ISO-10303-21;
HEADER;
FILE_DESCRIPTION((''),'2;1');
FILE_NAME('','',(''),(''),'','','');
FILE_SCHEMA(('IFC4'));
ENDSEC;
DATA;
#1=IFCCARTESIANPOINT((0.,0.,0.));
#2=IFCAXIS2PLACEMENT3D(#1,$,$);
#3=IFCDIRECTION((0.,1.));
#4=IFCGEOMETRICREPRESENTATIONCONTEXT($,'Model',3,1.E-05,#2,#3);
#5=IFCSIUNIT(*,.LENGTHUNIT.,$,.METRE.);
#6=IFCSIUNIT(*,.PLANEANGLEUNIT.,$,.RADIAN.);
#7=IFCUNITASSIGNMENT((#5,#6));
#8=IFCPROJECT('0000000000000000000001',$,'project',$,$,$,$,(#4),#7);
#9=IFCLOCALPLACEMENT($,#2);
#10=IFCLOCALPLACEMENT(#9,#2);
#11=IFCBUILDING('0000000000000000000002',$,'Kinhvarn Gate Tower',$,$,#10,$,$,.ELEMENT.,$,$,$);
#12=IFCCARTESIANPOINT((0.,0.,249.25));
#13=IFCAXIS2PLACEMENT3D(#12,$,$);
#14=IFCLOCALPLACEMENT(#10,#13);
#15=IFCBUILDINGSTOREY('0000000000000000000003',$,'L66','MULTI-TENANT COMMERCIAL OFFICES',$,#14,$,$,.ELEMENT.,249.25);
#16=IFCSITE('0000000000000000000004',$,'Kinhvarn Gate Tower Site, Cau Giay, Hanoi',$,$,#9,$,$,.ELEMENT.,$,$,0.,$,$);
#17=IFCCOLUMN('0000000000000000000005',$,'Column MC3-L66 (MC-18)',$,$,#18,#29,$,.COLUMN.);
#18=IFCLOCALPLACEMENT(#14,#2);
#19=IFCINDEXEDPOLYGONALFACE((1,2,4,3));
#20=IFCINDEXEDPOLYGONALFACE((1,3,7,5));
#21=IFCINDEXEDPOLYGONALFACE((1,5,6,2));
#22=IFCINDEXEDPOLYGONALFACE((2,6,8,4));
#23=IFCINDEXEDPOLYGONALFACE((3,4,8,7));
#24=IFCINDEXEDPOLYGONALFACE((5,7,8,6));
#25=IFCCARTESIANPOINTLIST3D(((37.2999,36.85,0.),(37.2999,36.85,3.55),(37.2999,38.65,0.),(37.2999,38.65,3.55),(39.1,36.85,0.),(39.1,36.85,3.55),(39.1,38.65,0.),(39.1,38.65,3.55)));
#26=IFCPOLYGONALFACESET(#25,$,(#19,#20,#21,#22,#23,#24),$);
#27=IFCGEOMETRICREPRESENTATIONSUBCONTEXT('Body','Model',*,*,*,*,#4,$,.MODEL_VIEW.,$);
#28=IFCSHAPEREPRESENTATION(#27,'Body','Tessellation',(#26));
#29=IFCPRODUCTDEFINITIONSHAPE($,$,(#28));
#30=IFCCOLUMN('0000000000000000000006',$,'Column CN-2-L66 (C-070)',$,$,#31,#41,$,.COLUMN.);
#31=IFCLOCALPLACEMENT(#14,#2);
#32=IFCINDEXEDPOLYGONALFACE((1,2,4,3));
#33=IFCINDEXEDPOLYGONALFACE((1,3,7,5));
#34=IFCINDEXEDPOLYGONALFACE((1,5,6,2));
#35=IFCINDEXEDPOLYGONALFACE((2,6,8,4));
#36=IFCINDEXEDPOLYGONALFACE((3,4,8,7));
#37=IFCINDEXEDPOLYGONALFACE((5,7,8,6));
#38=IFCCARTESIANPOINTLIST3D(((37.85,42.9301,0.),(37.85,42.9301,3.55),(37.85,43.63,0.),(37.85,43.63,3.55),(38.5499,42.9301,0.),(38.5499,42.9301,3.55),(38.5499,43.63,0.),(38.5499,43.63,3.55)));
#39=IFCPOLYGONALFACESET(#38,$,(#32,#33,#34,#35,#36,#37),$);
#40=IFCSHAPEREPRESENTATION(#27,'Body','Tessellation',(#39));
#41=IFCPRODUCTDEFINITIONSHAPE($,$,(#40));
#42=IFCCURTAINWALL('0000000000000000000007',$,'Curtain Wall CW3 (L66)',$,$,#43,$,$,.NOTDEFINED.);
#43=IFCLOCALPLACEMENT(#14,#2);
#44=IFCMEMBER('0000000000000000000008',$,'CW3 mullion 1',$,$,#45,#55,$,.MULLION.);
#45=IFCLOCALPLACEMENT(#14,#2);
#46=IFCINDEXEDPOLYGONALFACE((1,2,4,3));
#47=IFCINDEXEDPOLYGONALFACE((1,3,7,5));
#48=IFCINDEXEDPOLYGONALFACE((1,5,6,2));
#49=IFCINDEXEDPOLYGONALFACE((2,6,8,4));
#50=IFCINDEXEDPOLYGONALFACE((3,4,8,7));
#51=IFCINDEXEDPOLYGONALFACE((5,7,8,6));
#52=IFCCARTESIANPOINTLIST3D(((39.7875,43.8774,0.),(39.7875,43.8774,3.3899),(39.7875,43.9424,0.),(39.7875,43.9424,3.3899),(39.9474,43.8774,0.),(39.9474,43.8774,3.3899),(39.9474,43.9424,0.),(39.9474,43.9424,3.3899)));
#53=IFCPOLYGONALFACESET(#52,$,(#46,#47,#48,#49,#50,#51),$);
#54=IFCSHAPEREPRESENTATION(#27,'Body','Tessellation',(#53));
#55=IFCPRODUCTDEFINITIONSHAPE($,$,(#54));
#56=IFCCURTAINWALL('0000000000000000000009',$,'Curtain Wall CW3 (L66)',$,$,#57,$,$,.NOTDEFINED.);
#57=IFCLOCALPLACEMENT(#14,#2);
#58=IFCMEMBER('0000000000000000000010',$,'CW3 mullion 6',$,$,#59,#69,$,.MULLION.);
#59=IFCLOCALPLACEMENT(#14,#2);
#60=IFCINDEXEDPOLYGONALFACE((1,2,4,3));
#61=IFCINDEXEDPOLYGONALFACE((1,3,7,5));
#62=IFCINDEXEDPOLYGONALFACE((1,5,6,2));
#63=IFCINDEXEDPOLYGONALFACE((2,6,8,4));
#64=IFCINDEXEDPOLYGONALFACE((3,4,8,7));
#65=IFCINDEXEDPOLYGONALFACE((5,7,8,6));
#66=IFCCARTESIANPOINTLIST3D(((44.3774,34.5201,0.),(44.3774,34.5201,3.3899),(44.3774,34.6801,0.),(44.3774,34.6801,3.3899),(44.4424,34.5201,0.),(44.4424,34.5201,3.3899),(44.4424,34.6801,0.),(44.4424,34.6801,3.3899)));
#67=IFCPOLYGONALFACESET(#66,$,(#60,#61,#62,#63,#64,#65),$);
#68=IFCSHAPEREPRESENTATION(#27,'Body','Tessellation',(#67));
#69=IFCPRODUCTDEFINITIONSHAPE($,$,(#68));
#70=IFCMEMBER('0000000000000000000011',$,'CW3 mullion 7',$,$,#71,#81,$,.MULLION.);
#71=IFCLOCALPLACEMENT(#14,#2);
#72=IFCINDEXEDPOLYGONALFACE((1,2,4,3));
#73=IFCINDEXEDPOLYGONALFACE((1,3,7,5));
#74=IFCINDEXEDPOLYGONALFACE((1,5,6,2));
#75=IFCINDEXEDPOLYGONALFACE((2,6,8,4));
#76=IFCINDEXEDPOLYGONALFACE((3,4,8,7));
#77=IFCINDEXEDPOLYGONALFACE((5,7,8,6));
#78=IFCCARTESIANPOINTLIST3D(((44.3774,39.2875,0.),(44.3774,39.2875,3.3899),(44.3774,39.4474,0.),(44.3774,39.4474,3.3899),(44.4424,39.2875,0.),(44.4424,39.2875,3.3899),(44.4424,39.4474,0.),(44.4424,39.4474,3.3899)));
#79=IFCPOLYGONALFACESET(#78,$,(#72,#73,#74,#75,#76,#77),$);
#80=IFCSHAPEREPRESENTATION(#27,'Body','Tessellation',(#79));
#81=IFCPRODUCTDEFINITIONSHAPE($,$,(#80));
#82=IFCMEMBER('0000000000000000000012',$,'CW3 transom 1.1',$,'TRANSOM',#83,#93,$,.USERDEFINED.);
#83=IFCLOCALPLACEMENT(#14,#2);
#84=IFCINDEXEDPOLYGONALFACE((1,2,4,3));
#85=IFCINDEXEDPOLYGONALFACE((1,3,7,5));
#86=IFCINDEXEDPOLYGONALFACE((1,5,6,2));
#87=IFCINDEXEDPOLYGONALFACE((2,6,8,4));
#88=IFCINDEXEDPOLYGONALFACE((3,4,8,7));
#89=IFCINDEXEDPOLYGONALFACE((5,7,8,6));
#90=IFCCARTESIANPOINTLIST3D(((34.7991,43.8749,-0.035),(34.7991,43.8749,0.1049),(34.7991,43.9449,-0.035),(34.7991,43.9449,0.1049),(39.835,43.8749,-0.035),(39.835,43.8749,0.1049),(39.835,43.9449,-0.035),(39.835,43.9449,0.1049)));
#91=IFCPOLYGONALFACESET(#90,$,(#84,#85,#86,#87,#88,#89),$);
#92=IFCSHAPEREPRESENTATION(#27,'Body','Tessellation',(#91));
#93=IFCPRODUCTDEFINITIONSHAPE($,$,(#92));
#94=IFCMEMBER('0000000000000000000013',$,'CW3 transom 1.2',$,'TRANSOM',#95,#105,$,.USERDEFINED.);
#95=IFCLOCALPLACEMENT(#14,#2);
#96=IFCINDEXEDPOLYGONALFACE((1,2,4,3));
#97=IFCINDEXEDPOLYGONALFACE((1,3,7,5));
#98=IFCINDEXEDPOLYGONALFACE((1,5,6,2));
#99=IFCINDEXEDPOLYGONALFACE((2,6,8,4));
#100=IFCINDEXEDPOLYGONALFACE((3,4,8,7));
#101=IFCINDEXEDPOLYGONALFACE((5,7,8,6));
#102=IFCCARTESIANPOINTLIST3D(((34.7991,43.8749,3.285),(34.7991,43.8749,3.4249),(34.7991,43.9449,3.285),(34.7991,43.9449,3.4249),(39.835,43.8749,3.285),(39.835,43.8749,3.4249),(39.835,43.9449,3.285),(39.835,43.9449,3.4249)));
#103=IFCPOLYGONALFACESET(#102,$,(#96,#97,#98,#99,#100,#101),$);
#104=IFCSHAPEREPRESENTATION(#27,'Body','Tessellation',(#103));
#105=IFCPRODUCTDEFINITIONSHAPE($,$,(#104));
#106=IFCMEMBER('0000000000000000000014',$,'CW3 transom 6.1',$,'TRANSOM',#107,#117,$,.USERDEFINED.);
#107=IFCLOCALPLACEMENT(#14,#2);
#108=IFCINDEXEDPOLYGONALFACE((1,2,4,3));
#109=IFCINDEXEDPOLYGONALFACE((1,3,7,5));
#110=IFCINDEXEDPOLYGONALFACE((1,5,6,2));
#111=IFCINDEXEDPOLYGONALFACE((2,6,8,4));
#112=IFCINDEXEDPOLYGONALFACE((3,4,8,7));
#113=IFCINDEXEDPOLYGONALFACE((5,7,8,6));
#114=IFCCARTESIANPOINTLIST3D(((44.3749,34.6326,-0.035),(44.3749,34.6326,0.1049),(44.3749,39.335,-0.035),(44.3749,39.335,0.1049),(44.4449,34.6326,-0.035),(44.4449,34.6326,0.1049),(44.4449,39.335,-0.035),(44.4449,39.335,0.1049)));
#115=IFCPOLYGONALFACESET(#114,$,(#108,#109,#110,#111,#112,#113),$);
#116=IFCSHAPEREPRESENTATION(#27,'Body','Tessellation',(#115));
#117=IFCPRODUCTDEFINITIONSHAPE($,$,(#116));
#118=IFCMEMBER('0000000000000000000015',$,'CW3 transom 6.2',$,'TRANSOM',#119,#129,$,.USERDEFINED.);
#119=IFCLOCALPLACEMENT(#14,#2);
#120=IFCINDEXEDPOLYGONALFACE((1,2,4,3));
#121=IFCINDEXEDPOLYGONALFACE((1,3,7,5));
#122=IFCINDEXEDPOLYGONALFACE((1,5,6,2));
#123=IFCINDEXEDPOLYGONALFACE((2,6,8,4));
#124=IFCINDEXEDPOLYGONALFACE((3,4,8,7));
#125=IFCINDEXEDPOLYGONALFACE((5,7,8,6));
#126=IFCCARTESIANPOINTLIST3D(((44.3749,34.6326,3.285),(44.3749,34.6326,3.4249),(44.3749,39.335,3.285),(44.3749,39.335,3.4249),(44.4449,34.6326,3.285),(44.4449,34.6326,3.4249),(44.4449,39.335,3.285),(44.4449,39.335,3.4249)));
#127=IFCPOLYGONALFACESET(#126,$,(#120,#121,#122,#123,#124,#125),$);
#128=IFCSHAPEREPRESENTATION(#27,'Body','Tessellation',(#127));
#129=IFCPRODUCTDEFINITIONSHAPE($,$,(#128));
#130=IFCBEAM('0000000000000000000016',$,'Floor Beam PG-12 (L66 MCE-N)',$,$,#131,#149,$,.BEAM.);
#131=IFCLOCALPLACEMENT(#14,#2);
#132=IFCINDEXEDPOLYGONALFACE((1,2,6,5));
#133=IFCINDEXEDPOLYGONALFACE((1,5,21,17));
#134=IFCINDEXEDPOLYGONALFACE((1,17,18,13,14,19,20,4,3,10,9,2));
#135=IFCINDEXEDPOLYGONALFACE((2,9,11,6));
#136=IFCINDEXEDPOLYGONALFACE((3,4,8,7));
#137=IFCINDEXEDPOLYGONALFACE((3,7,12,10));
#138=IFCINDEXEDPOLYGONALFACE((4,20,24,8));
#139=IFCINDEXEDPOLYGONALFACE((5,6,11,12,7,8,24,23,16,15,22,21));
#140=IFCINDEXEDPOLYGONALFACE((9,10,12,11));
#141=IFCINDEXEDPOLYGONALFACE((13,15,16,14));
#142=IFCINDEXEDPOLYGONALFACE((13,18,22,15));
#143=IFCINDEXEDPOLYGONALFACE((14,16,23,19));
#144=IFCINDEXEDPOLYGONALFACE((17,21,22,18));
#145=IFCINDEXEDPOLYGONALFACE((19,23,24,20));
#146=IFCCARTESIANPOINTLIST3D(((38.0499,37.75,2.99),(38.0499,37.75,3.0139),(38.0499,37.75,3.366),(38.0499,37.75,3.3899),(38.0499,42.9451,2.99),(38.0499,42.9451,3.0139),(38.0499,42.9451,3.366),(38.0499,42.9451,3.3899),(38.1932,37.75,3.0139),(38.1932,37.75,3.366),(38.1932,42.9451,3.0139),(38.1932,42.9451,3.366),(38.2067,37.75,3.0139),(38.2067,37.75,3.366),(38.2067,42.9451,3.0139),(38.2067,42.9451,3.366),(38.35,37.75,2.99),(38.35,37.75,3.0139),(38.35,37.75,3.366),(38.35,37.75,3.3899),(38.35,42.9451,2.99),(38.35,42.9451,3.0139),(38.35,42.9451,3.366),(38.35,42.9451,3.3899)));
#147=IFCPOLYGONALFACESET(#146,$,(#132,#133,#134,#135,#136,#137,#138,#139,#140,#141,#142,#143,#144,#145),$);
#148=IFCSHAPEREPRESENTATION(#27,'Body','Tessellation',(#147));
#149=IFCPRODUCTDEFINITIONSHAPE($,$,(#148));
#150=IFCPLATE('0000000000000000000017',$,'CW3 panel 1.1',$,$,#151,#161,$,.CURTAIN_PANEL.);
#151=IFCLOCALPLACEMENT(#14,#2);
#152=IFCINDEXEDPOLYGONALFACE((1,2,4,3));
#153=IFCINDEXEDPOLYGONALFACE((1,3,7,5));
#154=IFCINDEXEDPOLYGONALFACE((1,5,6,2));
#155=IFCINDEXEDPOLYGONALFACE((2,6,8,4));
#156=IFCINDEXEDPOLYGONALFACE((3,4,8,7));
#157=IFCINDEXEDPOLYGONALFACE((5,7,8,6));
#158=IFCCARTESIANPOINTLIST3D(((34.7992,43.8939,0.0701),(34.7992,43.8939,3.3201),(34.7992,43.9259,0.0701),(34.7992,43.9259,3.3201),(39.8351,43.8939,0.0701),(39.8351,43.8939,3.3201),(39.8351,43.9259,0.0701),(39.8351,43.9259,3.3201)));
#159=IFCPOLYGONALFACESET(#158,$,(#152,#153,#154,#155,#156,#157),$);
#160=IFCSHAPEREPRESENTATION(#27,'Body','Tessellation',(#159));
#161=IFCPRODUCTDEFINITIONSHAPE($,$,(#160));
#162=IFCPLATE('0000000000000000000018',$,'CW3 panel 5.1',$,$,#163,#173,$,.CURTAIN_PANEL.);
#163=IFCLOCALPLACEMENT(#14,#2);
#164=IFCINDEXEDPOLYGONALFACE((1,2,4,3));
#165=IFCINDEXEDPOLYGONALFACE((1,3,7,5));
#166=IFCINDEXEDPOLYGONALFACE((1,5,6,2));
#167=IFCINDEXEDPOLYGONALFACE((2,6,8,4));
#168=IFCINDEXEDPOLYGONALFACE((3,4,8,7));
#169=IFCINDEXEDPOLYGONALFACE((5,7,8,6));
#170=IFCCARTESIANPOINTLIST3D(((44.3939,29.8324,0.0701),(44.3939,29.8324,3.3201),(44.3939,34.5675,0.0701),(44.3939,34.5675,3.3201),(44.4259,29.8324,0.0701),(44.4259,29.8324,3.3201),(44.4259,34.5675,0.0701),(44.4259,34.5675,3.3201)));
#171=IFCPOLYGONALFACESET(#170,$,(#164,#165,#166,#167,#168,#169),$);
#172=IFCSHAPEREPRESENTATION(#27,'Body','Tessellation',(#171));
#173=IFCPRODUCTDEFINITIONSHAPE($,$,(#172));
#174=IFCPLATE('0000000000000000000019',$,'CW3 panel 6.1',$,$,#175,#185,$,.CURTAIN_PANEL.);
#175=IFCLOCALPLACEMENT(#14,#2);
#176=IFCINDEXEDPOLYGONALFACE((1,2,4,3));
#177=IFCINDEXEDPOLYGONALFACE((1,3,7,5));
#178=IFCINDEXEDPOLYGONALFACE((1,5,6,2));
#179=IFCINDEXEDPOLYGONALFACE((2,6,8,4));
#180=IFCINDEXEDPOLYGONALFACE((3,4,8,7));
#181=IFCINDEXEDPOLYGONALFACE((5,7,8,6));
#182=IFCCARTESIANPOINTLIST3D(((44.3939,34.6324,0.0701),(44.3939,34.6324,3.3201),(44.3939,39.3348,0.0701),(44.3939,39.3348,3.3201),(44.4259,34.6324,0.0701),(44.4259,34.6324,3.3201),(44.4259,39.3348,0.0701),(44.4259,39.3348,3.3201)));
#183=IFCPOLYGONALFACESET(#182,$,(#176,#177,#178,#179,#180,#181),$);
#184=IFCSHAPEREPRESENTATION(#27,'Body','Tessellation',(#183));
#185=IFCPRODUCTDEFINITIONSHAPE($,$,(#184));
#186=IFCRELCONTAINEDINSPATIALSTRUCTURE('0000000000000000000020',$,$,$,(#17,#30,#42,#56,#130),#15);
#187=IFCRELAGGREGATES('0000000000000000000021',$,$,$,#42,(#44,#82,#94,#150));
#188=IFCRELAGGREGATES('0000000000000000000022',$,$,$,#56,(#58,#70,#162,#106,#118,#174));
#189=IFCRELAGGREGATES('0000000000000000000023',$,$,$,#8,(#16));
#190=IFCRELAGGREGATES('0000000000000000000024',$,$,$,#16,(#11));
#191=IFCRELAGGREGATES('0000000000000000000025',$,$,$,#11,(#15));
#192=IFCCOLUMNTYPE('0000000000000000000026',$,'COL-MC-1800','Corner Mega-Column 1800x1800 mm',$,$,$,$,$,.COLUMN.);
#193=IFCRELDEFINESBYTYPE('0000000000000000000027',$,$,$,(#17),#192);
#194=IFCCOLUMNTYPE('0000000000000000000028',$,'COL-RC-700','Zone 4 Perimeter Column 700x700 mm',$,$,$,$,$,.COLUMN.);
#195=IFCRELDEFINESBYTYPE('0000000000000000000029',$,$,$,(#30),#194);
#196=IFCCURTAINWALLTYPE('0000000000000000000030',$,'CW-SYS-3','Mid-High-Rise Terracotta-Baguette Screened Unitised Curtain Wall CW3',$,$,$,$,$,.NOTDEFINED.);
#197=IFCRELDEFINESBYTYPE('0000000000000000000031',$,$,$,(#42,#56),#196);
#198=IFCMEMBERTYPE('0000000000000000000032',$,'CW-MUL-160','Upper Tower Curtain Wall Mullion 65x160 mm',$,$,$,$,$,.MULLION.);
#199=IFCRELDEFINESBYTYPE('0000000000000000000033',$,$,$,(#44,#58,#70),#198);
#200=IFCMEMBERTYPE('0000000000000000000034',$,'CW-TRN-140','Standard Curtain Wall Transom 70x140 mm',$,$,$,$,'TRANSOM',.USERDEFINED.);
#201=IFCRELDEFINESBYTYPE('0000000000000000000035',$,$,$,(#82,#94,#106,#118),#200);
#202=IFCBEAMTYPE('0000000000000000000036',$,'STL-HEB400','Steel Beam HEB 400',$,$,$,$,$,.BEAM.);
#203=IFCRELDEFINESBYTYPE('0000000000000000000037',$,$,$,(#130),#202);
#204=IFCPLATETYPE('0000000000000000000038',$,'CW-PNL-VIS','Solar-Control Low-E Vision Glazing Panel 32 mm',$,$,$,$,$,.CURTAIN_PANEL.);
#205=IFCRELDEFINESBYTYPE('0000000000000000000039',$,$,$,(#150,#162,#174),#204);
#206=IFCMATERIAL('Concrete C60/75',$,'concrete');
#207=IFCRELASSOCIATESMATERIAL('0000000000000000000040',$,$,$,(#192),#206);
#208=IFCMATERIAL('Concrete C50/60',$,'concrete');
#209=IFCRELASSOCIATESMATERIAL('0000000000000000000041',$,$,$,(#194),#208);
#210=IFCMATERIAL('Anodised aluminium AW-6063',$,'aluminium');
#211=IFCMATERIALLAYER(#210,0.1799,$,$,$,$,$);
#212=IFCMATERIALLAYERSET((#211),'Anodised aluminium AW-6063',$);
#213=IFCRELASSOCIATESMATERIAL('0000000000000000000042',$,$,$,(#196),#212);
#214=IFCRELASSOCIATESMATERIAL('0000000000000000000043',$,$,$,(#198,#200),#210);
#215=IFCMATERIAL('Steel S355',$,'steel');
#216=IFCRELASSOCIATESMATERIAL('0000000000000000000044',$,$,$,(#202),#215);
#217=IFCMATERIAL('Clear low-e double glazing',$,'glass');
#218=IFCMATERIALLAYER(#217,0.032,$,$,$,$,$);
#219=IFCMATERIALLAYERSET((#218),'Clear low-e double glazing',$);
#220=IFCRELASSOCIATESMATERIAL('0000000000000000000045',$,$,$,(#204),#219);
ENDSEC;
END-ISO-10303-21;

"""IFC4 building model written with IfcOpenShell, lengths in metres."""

from ifc_helpers import new_model, si_unit, direction, frame, origin, origin_2d, place, context, subcontext, project, spatial, rectangle, i_section, extrude, material, layer, layer_set, material_profile, profile_set, type_object, element, aggregate, save


model = new_model("IFC4")

# Units and contexts
model_context = context("Model", 3, precision=1e-05, world=origin(), true_north=direction((0.0, 1.0)))
body_context = subcontext(model_context, "Body", "Model", "MODEL_VIEW")
ifc_project = project(units=[si_unit("LENGTHUNIT", "METRE"), si_unit("PLANEANGLEUNIT", "RADIAN")], contexts=[model_context])

# Site, building, storey
site_placement = place(None, origin())
site = spatial("IfcSite", under=ifc_project, at=site_placement, Name="Kinhvarn Gate Tower Site, Cau Giay, Hanoi", CompositionType="ELEMENT", RefElevation=0.0)
building_placement = place(site_placement, origin())
building = spatial("IfcBuilding", under=site, at=building_placement, Name="Kinhvarn Gate Tower", CompositionType="ELEMENT")
storey_placement = place(building_placement, frame((0.0, 0.0, 249.25)))
storey = spatial("IfcBuildingStorey", under=building, at=storey_placement, Name="L66", Description="MULTI-TENANT COMMERCIAL OFFICES", CompositionType="ELEMENT", Elevation=249.25)

# Columns
ifc_material_1 = material(Name="Concrete C60/75", Category="concrete")
ifc_material_profile_1 = material_profile(ifc_material_1, rectangle(XDim=1.8, YDim=1.8, at=origin_2d()), Name="RC 1800x1800")
ifc_profile_set_1 = profile_set([ifc_material_profile_1], Name="Concrete C60/75")
column_type_1 = type_object("IfcColumnType", Name="COL-MC-1800", Description="Corner Mega-Column 1800x1800 mm", PredefinedType="COLUMN", material=ifc_profile_set_1)
column_1_placement = place(storey_placement, frame((38.2, 37.75, 0.0), z_axis=(0.0, 0.0, 1.0), x_axis=(1.0, 0.0, 0.0)))
element("IfcColumn", 1, at=column_1_placement, inside=storey, type_object=column_type_1, Name="Column MC3-L66 (MC-18)", PredefinedType="COLUMN", context=body_context, shape_type="SweptSolid", body=[
    extrude(rectangle(XDim=1.8, YDim=1.8, at=origin_2d()), origin(), (0.0, 0.0, 1.0), 3.55),
])
ifc_material_2 = material(Name="Concrete C50/60", Category="concrete")
ifc_material_profile_2 = material_profile(ifc_material_2, rectangle(XDim=0.7, YDim=0.7, at=origin_2d()), Name="RC 700x700")
ifc_profile_set_2 = profile_set([ifc_material_profile_2], Name="Concrete C50/60")
column_type_2 = type_object("IfcColumnType", Name="COL-RC-700", Description="Zone 4 Perimeter Column 700x700 mm", PredefinedType="COLUMN", material=ifc_profile_set_2)
column_2_placement = place(storey_placement, frame((38.2, 43.28, 0.0), z_axis=(0.0, 0.0, 1.0), x_axis=(1.0, 0.0, 0.0)))
element("IfcColumn", 2, at=column_2_placement, inside=storey, type_object=column_type_2, Name="Column CN-2-L66 (C-070)", PredefinedType="COLUMN", context=body_context, shape_type="SweptSolid", body=[
    extrude(rectangle(XDim=0.7, YDim=0.7, at=origin_2d()), origin(), (0.0, 0.0, 1.0), 3.55),
])

# Curtain wall, member
ifc_material_3 = material(Name="Anodised aluminium AW-6063", Category="aluminium")
ifc_layer_1 = layer(ifc_material_3, 0.1799)
ifc_layer_set_1 = layer_set([ifc_layer_1], Name="Anodised aluminium AW-6063")
curtain_wall_type = type_object("IfcCurtainWallType", Name="CW-SYS-3", Description="Mid-High-Rise Terracotta-Baguette Screened Unitised Curtain Wall CW3", PredefinedType="NOTDEFINED", material=ifc_layer_set_1)
curtain_wall_1_placement = place(storey_placement, origin())
curtain_wall_1 = element("IfcCurtainWall", 3, at=curtain_wall_1_placement, inside=storey, type_object=curtain_wall_type, Name="Curtain Wall CW3 (L66)", PredefinedType="NOTDEFINED")
ifc_material_profile_3 = material_profile(ifc_material_3, rectangle(XDim=0.0649, YDim=0.1599, at=origin_2d()), Name="ALU 65x160")
ifc_profile_set_3 = profile_set([ifc_material_profile_3], Name="Anodised aluminium AW-6063")
member_type_1 = type_object("IfcMemberType", Name="CW-MUL-160", Description="Upper Tower Curtain Wall Mullion 65x160 mm", PredefinedType="MULLION", material=ifc_profile_set_3)
member_1_placement = place(storey_placement, frame((39.8674, 43.9099, 0.0), z_axis=(0.0, 0.0, 1.0), x_axis=(0.0, -1.0, 0.0)))
member_1 = element("IfcMember", 4, at=member_1_placement, type_object=member_type_1, Name="CW3 mullion 1", PredefinedType="MULLION", context=body_context, shape_type="SweptSolid", body=[
    extrude(rectangle(XDim=0.0649, YDim=0.1599, at=origin_2d()), origin(), (0.0, 0.0, 1.0), 3.3899),
])

# Curtain wall, members
curtain_wall_2_placement = place(storey_placement, origin())
curtain_wall_2 = element("IfcCurtainWall", 5, at=curtain_wall_2_placement, inside=storey, type_object=curtain_wall_type, Name="Curtain Wall CW3 (L66)", PredefinedType="NOTDEFINED")
member_2_placement = place(storey_placement, frame((44.4099, 34.6001, 0.0), z_axis=(0.0, 0.0, 1.0), x_axis=(-1.0, 0.0, 0.0)))
member_2 = element("IfcMember", 6, at=member_2_placement, type_object=member_type_1, Name="CW3 mullion 6", PredefinedType="MULLION", context=body_context, shape_type="SweptSolid", body=[
    extrude(rectangle(XDim=0.0649, YDim=0.1599, at=origin_2d()), origin(), (0.0, 0.0, 1.0), 3.3899),
])
member_3_placement = place(storey_placement, frame((44.4099, 39.3674, 0.0), z_axis=(0.0, 0.0, 1.0), x_axis=(-1.0, 0.0, 0.0)))
member_3 = element("IfcMember", 7, at=member_3_placement, type_object=member_type_1, Name="CW3 mullion 7", PredefinedType="MULLION", context=body_context, shape_type="SweptSolid", body=[
    extrude(rectangle(XDim=0.0649, YDim=0.1599, at=origin_2d()), origin(), (0.0, 0.0, 1.0), 3.3899),
])

# Members
ifc_material_profile_4 = material_profile(ifc_material_3, rectangle(XDim=0.0701, YDim=0.1399, at=origin_2d()), Name="ALU 70x140")
ifc_profile_set_4 = profile_set([ifc_material_profile_4], Name="Anodised aluminium AW-6063")
member_type_2 = type_object("IfcMemberType", Name="CW-TRN-140", Description="Standard Curtain Wall Transom 70x140 mm", ElementType="TRANSOM", PredefinedType="USERDEFINED", material=ifc_profile_set_4)
member_4_placement = place(storey_placement, frame((39.835, 43.9099, 0.0349), z_axis=(-1.0, 0.0, 0.0), x_axis=(0.0, -1.0, 0.0)))
member_4 = element("IfcMember", 8, at=member_4_placement, type_object=member_type_2, Name="CW3 transom 1.1", ObjectType="TRANSOM", PredefinedType="USERDEFINED", context=body_context, shape_type="SweptSolid", body=[
    extrude(rectangle(XDim=0.0701, YDim=0.1399, at=origin_2d()), origin(), (0.0, 0.0, 1.0), 5.0359),
])
member_5_placement = place(storey_placement, frame((39.835, 43.9099, 3.355), z_axis=(-1.0, 0.0, 0.0), x_axis=(0.0, -1.0, 0.0)))
member_5 = element("IfcMember", 9, at=member_5_placement, type_object=member_type_2, Name="CW3 transom 1.2", ObjectType="TRANSOM", PredefinedType="USERDEFINED", context=body_context, shape_type="SweptSolid", body=[
    extrude(rectangle(XDim=0.0701, YDim=0.1399, at=origin_2d()), origin(), (0.0, 0.0, 1.0), 5.0359),
])
member_6_placement = place(storey_placement, frame((44.4099, 34.6326, 0.0349), z_axis=(0.0, 1.0, 0.0), x_axis=(-1.0, 0.0, 0.0)))
member_6 = element("IfcMember", 10, at=member_6_placement, type_object=member_type_2, Name="CW3 transom 6.1", ObjectType="TRANSOM", PredefinedType="USERDEFINED", context=body_context, shape_type="SweptSolid", body=[
    extrude(rectangle(XDim=0.0701, YDim=0.1399, at=origin_2d()), origin(), (0.0, 0.0, 1.0), 4.7024),
])
member_7_placement = place(storey_placement, frame((44.4099, 34.6326, 3.355), z_axis=(0.0, 1.0, 0.0), x_axis=(-1.0, 0.0, 0.0)))
member_7 = element("IfcMember", 11, at=member_7_placement, type_object=member_type_2, Name="CW3 transom 6.2", ObjectType="TRANSOM", PredefinedType="USERDEFINED", context=body_context, shape_type="SweptSolid", body=[
    extrude(rectangle(XDim=0.0701, YDim=0.1399, at=origin_2d()), origin(), (0.0, 0.0, 1.0), 4.7024),
])

# Beam
ifc_material_4 = material(Name="Steel S355", Category="steel")
ifc_material_profile_5 = material_profile(ifc_material_4, i_section(OverallWidth=0.3, OverallDepth=0.3999, WebThickness=0.0134, FlangeThickness=0.0239, at=origin_2d()), Name="HEB 400")
ifc_profile_set_5 = profile_set([ifc_material_profile_5], Name="Steel S355")
beam_type = type_object("IfcBeamType", Name="STL-HEB400", Description="Steel Beam HEB 400", PredefinedType="BEAM", material=ifc_profile_set_5)
beam_placement = place(storey_placement, frame((38.2, 37.75, 3.1899), z_axis=(0.0, 1.0, 0.0), x_axis=(-1.0, 0.0, 0.0)))
element("IfcBeam", 12, at=beam_placement, inside=storey, type_object=beam_type, Name="Floor Beam PG-12 (L66 MCE-N)", PredefinedType="BEAM", context=body_context, shape_type="SweptSolid", body=[
    extrude(i_section(OverallWidth=0.3, OverallDepth=0.3999, WebThickness=0.0134, FlangeThickness=0.0239, at=origin_2d()), origin(), (0.0, 0.0, 1.0), 5.1951),
])

# Plates
ifc_material_5 = material(Name="Clear low-e double glazing", Category="glass")
ifc_layer_2 = layer(ifc_material_5, 0.032)
ifc_layer_set_2 = layer_set([ifc_layer_2], Name="Clear low-e double glazing")
plate_type = type_object("IfcPlateType", Name="CW-PNL-VIS", Description="Solar-Control Low-E Vision Glazing Panel 32 mm", PredefinedType="CURTAIN_PANEL", material=ifc_layer_set_2)
plate_1_placement = place(storey_placement, frame((37.3171, 43.9099, 0.0701), z_axis=(0.0, 0.0, 1.0), x_axis=(-1.0, 0.0, 0.0)))
plate_1 = element("IfcPlate", 13, at=plate_1_placement, type_object=plate_type, Name="CW3 panel 1.1", PredefinedType="CURTAIN_PANEL", context=body_context, shape_type="SweptSolid", body=[
    extrude(rectangle(XDim=5.0359, YDim=0.032, at=origin_2d()), origin(), (0.0, 0.0, 1.0), 3.25),
])
aggregate(curtain_wall_1, [member_1, member_4, member_5, plate_1])
plate_2_placement = place(storey_placement, frame((44.4099, 32.2, 0.0701), z_axis=(0.0, 0.0, 1.0), x_axis=(0.0, 1.0, 0.0)))
plate_2 = element("IfcPlate", 14, at=plate_2_placement, type_object=plate_type, Name="CW3 panel 5.1", PredefinedType="CURTAIN_PANEL", context=body_context, shape_type="SweptSolid", body=[
    extrude(rectangle(XDim=4.7351, YDim=0.032, at=origin_2d()), origin(), (0.0, 0.0, 1.0), 3.25),
])
plate_3_placement = place(storey_placement, frame((44.4099, 36.9836, 0.0701), z_axis=(0.0, 0.0, 1.0), x_axis=(0.0, 1.0, 0.0)))
plate_3 = element("IfcPlate", 15, at=plate_3_placement, type_object=plate_type, Name="CW3 panel 6.1", PredefinedType="CURTAIN_PANEL", context=body_context, shape_type="SweptSolid", body=[
    extrude(rectangle(XDim=4.7024, YDim=0.032, at=origin_2d()), origin(), (0.0, 0.0, 1.0), 3.25),
])
aggregate(curtain_wall_2, [member_2, member_3, plate_2, member_6, member_7, plate_3])

save(model, "model.ifc")
